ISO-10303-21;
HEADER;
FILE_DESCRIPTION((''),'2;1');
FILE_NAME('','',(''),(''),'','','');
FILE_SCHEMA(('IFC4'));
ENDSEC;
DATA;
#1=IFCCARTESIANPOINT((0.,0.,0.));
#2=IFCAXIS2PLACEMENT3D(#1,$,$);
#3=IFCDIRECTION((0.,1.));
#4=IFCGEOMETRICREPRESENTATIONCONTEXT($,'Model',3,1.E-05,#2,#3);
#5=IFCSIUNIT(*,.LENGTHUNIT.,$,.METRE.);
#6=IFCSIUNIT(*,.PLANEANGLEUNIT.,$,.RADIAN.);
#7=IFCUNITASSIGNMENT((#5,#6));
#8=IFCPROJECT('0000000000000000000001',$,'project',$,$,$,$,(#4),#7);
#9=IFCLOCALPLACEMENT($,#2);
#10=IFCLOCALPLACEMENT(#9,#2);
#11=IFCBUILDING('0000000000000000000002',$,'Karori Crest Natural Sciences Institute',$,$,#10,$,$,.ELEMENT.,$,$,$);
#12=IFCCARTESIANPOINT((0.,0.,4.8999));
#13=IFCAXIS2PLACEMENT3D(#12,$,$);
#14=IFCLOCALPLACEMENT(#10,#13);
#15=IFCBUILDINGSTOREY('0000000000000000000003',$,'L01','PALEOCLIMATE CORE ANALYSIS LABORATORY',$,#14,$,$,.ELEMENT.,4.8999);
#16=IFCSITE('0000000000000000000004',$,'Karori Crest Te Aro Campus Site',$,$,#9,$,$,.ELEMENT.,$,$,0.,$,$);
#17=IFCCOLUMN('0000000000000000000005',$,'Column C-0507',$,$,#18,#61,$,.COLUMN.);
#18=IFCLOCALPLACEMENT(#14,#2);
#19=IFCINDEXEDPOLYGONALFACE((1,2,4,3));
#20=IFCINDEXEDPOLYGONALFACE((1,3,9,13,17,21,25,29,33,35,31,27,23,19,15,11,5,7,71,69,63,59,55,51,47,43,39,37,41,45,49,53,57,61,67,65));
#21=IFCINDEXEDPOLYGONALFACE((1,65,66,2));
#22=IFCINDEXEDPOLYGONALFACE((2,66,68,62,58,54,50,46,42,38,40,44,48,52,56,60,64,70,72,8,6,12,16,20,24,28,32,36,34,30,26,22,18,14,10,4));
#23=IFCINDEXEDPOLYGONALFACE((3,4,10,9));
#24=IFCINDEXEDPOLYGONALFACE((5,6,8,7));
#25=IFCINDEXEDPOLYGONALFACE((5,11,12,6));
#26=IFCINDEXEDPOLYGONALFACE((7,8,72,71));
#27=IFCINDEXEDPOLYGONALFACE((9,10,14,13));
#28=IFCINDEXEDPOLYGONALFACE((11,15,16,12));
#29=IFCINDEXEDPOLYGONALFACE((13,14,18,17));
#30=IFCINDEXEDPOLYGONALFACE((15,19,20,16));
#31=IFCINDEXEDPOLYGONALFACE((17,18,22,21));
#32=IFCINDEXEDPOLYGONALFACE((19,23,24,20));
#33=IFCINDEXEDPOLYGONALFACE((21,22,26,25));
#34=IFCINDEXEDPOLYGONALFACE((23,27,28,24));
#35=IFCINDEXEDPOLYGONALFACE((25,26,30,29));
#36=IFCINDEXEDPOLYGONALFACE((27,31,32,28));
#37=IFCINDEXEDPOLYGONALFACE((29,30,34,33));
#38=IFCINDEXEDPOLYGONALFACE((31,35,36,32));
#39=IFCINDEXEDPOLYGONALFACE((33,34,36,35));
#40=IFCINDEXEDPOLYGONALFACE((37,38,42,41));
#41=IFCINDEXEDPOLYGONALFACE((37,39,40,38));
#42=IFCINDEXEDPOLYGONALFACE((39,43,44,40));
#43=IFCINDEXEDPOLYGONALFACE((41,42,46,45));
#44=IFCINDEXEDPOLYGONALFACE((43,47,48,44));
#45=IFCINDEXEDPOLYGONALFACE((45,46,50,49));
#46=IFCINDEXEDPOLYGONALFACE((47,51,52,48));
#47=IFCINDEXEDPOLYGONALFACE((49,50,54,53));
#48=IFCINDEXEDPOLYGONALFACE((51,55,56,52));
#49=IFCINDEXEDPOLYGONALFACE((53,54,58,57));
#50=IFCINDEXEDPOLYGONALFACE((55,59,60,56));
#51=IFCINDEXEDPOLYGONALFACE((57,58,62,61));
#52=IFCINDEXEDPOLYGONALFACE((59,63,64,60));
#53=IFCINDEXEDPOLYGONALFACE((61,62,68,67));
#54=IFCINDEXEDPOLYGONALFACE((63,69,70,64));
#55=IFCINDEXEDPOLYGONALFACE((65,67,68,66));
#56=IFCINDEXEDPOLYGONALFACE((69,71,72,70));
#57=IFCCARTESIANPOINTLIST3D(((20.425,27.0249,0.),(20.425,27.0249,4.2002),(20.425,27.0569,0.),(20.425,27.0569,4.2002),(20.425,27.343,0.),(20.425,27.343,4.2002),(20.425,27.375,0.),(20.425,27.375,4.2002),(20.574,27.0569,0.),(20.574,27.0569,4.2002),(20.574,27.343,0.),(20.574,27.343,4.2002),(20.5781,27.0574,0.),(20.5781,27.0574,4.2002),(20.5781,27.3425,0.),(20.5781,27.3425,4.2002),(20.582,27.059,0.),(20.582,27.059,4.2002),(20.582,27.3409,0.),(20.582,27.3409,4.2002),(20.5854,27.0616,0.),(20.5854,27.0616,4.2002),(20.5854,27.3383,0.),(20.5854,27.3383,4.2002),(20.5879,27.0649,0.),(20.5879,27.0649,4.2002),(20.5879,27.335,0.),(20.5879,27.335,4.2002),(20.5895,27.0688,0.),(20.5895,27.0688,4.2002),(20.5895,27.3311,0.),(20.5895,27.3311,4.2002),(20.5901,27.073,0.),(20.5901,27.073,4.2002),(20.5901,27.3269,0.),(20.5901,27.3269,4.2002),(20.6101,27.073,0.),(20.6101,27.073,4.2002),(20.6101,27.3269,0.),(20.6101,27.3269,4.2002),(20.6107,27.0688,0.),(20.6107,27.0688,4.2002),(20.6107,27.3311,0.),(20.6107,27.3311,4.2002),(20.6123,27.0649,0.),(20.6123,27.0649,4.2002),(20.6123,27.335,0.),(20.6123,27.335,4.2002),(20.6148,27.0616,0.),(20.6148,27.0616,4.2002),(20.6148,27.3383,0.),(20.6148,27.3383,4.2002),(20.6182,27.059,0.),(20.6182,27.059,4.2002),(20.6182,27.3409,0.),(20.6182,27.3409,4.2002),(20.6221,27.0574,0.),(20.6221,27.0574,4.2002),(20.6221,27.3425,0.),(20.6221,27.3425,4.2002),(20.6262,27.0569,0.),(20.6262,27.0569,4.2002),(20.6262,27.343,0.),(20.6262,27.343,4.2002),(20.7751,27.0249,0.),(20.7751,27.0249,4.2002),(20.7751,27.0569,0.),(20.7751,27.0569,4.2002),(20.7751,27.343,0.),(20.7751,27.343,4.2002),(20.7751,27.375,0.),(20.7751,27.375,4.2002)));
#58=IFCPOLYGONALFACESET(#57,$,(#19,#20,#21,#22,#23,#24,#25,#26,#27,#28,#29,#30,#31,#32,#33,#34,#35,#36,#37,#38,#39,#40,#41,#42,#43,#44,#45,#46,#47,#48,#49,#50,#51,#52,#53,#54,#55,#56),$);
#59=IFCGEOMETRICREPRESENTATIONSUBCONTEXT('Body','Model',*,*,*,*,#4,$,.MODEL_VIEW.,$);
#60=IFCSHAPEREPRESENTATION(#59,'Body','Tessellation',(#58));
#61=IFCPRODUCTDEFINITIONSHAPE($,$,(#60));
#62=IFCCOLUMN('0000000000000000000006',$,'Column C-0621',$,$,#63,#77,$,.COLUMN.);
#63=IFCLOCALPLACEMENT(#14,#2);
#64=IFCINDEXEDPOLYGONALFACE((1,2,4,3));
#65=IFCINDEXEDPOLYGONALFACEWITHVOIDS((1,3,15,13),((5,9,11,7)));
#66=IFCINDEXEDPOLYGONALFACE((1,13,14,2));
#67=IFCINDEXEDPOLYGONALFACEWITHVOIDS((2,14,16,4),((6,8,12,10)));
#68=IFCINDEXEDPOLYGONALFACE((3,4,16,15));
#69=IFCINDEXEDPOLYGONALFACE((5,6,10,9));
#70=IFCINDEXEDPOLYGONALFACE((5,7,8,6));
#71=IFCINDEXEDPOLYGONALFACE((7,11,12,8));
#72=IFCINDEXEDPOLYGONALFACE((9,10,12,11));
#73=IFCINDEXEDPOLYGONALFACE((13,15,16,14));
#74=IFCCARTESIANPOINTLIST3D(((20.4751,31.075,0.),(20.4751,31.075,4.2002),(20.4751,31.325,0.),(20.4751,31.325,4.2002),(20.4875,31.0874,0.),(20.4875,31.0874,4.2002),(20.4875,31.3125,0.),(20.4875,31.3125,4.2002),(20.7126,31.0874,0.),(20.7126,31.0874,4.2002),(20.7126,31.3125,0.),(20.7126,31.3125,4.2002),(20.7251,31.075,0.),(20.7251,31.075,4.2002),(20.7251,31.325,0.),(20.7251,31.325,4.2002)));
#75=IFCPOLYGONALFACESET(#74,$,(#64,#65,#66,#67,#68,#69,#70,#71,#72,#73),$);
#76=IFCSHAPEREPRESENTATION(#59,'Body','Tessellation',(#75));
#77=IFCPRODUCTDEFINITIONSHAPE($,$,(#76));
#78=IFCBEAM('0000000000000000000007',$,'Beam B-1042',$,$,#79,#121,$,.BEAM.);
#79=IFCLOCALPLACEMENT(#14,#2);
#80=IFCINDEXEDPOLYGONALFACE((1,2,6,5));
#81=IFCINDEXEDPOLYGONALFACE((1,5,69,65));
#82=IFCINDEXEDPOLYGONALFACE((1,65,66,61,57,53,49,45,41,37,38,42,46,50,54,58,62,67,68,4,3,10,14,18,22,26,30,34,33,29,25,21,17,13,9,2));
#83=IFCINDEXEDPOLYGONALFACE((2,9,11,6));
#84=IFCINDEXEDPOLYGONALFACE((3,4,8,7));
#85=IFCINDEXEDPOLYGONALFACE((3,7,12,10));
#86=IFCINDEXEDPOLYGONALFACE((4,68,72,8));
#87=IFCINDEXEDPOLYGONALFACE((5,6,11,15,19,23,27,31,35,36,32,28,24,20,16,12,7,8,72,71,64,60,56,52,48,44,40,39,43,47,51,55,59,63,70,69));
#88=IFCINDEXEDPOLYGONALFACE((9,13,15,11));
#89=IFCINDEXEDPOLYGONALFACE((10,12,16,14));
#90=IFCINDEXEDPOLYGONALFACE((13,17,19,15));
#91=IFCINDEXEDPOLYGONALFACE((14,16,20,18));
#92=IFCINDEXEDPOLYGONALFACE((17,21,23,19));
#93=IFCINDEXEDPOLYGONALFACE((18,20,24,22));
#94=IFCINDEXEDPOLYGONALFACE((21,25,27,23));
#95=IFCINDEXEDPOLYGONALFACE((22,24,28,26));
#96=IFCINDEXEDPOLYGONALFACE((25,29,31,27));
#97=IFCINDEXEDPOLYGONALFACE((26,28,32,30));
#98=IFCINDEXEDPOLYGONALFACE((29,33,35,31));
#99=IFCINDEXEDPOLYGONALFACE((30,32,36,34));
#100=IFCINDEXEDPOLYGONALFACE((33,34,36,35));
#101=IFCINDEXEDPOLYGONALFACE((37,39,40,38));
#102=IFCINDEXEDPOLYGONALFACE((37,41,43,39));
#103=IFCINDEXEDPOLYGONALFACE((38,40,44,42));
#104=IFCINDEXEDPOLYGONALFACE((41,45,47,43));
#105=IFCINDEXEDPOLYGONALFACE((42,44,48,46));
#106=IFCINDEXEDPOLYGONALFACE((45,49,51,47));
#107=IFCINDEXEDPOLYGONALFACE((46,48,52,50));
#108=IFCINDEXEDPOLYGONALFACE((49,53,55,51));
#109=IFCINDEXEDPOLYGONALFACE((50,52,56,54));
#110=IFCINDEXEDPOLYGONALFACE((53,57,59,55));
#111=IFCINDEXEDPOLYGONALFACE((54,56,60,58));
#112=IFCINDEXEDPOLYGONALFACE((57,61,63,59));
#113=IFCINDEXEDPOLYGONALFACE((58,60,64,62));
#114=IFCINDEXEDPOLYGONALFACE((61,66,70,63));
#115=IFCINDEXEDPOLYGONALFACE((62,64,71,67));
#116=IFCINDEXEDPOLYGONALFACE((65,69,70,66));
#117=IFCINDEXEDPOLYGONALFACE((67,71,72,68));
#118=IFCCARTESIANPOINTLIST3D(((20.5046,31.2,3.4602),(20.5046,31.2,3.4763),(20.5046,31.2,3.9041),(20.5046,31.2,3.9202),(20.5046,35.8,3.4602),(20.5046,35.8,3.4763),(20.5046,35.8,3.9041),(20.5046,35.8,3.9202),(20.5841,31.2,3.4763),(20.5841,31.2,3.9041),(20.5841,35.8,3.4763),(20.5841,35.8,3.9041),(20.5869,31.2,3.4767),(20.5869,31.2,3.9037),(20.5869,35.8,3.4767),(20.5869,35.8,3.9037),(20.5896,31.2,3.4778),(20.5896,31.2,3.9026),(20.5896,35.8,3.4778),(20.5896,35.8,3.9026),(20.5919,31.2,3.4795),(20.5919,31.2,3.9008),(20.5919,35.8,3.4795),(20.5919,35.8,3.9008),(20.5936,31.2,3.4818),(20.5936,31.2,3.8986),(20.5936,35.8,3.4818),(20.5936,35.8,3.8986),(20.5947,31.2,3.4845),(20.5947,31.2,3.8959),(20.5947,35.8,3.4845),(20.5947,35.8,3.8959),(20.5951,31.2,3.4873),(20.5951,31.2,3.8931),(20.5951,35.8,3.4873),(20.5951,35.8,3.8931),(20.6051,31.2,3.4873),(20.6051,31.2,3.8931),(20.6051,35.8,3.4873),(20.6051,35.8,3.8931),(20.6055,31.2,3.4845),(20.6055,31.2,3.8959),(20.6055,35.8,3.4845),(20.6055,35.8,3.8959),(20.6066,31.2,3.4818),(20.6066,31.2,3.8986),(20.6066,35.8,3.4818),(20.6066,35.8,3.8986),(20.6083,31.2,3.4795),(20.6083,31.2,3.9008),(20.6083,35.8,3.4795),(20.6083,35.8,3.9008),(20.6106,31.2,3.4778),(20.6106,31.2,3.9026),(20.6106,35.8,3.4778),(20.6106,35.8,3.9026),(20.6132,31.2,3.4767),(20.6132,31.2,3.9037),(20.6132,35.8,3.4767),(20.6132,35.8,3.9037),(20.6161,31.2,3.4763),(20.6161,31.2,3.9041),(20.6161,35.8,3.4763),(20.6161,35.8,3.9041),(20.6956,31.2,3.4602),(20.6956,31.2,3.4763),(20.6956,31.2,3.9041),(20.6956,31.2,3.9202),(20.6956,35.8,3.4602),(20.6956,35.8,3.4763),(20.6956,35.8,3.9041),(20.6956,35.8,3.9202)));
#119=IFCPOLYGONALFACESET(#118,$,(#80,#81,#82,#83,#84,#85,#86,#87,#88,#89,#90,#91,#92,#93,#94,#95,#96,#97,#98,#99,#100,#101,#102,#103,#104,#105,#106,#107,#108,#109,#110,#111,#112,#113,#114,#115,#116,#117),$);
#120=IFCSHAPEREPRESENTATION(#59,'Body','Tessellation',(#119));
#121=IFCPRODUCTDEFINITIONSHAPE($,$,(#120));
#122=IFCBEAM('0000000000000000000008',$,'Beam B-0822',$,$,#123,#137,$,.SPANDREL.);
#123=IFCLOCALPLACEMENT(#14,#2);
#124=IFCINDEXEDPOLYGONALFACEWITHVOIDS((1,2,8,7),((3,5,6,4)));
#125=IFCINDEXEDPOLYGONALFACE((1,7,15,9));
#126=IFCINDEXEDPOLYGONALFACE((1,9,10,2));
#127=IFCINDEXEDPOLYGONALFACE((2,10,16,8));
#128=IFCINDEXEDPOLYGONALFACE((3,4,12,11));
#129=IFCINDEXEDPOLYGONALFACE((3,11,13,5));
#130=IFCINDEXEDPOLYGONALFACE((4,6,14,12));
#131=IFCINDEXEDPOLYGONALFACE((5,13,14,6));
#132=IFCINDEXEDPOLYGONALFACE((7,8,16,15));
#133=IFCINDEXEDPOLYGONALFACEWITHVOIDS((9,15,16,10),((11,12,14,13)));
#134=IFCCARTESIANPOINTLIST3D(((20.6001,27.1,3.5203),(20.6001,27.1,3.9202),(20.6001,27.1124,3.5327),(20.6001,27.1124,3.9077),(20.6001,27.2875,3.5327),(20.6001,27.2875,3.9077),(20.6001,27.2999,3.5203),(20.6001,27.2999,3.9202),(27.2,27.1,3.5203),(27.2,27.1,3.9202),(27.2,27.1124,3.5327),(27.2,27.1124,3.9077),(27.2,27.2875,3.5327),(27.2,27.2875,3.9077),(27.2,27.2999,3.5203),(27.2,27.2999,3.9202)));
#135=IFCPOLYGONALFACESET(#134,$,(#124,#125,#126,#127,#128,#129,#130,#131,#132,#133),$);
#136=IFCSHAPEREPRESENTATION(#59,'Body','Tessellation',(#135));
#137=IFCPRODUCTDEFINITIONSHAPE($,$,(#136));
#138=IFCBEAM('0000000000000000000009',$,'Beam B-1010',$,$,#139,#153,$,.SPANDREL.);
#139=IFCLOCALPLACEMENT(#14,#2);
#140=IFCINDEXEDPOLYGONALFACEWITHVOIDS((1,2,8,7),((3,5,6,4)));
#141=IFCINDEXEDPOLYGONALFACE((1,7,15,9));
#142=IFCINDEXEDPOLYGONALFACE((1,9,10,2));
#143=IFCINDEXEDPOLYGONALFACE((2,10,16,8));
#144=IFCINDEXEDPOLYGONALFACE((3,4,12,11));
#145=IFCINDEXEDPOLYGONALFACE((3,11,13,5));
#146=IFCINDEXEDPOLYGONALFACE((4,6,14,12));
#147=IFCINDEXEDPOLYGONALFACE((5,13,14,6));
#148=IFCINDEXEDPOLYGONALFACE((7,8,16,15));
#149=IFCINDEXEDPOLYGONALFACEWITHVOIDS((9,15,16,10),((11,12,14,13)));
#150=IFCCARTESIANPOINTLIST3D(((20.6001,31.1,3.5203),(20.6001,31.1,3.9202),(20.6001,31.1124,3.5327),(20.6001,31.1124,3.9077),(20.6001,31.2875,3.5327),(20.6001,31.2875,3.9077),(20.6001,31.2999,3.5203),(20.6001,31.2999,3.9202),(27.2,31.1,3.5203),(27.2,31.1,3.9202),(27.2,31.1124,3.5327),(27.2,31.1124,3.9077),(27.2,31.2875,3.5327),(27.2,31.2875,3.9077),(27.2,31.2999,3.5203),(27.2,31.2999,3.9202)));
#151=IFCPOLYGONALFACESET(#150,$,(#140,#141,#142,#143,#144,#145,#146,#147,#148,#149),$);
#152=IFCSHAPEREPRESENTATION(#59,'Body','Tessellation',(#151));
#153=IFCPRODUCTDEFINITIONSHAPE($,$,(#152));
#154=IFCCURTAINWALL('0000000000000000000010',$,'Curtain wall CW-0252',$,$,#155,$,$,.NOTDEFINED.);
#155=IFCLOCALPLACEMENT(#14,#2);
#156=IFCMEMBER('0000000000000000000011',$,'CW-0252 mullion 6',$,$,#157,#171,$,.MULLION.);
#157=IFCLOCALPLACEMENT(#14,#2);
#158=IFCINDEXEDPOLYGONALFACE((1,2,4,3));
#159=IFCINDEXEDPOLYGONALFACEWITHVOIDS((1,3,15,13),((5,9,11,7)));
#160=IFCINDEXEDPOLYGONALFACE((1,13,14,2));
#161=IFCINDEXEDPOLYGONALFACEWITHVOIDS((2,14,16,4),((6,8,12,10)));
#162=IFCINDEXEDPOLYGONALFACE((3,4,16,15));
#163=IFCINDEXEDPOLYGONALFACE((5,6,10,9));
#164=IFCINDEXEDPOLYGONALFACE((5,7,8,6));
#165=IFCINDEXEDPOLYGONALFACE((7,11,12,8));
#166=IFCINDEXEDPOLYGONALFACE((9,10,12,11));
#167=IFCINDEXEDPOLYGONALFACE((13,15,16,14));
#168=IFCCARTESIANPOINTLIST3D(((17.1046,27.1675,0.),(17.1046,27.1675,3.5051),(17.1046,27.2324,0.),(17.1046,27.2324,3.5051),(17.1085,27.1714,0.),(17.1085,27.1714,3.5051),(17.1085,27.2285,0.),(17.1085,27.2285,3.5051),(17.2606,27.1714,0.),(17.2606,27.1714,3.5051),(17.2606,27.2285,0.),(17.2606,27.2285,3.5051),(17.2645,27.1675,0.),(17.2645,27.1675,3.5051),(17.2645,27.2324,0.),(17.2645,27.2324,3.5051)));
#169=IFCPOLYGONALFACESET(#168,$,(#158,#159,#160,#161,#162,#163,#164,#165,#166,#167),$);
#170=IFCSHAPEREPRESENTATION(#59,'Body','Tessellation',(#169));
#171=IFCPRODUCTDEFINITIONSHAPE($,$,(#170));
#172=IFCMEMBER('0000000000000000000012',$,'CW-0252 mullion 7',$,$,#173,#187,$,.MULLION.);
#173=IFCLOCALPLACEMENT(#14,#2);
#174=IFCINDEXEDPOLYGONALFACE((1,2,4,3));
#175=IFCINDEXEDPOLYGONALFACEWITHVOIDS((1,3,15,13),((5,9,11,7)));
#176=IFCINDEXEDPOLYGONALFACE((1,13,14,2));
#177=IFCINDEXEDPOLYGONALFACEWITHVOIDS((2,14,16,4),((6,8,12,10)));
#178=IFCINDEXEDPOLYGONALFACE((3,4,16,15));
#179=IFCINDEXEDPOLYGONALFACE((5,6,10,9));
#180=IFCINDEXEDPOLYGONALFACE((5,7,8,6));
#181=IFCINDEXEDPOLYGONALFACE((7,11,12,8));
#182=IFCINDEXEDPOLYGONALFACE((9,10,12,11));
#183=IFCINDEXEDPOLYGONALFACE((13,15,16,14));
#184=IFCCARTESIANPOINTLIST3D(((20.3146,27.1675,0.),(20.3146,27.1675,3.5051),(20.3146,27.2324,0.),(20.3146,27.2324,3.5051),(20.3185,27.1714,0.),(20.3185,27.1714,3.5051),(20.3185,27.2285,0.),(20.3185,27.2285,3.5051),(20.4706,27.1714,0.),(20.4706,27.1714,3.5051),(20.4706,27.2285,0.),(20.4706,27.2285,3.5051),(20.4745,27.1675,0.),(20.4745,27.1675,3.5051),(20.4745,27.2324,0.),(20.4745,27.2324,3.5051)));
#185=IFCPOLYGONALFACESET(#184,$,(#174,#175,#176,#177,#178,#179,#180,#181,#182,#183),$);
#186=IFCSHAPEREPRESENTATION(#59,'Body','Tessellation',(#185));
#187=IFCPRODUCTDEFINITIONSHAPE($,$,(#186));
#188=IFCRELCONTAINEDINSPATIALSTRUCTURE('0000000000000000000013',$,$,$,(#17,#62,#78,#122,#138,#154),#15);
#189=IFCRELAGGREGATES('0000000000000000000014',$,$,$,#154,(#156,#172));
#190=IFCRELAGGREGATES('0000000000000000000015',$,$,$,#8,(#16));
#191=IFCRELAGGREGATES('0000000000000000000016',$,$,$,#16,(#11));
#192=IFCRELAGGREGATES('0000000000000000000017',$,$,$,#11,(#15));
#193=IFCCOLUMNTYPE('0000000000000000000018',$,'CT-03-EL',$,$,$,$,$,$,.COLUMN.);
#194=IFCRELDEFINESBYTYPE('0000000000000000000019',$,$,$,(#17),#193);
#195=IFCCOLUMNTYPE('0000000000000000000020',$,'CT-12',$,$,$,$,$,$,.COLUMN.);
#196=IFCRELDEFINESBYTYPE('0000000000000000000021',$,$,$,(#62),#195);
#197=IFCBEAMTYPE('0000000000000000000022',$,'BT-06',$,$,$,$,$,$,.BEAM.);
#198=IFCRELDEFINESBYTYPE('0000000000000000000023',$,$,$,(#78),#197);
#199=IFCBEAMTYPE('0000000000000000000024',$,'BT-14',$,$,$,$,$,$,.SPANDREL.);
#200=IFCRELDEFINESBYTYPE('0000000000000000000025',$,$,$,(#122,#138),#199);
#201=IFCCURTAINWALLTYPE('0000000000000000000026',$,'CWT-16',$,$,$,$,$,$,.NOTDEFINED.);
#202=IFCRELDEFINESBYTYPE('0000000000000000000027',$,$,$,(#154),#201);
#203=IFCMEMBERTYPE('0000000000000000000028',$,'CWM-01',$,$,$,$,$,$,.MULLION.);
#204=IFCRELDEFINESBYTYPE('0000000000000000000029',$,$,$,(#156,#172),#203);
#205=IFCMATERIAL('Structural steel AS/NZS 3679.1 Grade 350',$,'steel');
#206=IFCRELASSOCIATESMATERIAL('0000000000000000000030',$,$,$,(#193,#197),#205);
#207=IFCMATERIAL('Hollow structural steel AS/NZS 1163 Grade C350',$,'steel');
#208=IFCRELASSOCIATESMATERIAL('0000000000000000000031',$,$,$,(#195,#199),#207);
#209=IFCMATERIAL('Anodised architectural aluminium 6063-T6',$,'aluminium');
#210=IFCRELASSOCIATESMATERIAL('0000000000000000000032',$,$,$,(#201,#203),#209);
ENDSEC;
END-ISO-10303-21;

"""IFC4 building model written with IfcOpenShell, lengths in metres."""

from ifc_helpers import new_model, si_unit, direction, frame, origin, origin_2d, place, context, subcontext, project, spatial, hollow_rectangle, i_section, extrude, material, material_profile, profile_set, type_object, element, aggregate, save


model = new_model("IFC4")

# Units and contexts
model_context = context("Model", 3, precision=1e-05, world=origin(), true_north=direction((0.0, 1.0)))
body_context = subcontext(model_context, "Body", "Model", "MODEL_VIEW")
ifc_project = project(units=[si_unit("LENGTHUNIT", "METRE"), si_unit("PLANEANGLEUNIT", "RADIAN")], contexts=[model_context])

# Site, building, storey
site_placement = place(None, origin())
site = spatial("IfcSite", under=ifc_project, at=site_placement, Name="Karori Crest Te Aro Campus Site", CompositionType="ELEMENT", RefElevation=0.0)
building_placement = place(site_placement, origin())
building = spatial("IfcBuilding", under=site, at=building_placement, Name="Karori Crest Natural Sciences Institute", CompositionType="ELEMENT")
storey_placement = place(building_placement, frame((0.0, 0.0, 4.8999)))
storey = spatial("IfcBuildingStorey", under=building, at=storey_placement, Name="L01", Description="PALEOCLIMATE CORE ANALYSIS LABORATORY", CompositionType="ELEMENT", Elevation=4.8999)

# Columns
ifc_material_1 = material(Name="Structural steel AS/NZS 3679.1 Grade 350", Category="steel")
ifc_material_profile_1 = material_profile(ifc_material_1, i_section(OverallWidth=0.3501, OverallDepth=0.3501, WebThickness=0.02, FlangeThickness=0.032, FilletRadius=0.0161, at=origin_2d()), Name="350WC280")
ifc_profile_set_1 = profile_set([ifc_material_profile_1], Name="Structural steel AS/NZS 3679.1 Grade 350")
column_type_1 = type_object("IfcColumnType", Name="CT-03-EL", PredefinedType="COLUMN", material=ifc_profile_set_1)
column_1_placement = place(storey_placement, frame((20.6001, 27.2, 0.0), z_axis=(0.0, 0.0, 1.0), x_axis=(1.0, 0.0, 0.0)))
element("IfcColumn", 1, at=column_1_placement, inside=storey, type_object=column_type_1, Name="Column C-0507", PredefinedType="COLUMN", context=body_context, shape_type="SweptSolid", body=[
    extrude(i_section(OverallWidth=0.3501, OverallDepth=0.3501, WebThickness=0.02, FlangeThickness=0.032, FilletRadius=0.0161, at=origin_2d()), origin(), (0.0, 0.0, 1.0), 4.2002),
])
ifc_material_2 = material(Name="Hollow structural steel AS/NZS 1163 Grade C350", Category="steel")
ifc_material_profile_2 = material_profile(ifc_material_2, hollow_rectangle(XDim=0.25, YDim=0.25, WallThickness=0.0125, at=origin_2d()), Name="SHS250x250x12.5")
ifc_profile_set_2 = profile_set([ifc_material_profile_2], Name="Hollow structural steel AS/NZS 1163 Grade C350")
column_type_2 = type_object("IfcColumnType", Name="CT-12", PredefinedType="COLUMN", material=ifc_profile_set_2)
column_2_placement = place(storey_placement, frame((20.6001, 31.2, 0.0), z_axis=(0.0, 0.0, 1.0), x_axis=(1.0, 0.0, 0.0)))
element("IfcColumn", 2, at=column_2_placement, inside=storey, type_object=column_type_2, Name="Column C-0621", PredefinedType="COLUMN", context=body_context, shape_type="SweptSolid", body=[
    extrude(hollow_rectangle(XDim=0.25, YDim=0.25, WallThickness=0.0125, at=origin_2d()), origin(), (0.0, 0.0, 1.0), 4.2002),
])

# Beams
ifc_material_profile_3 = material_profile(ifc_material_1, i_section(OverallWidth=0.1909, OverallDepth=0.46, WebThickness=0.01, FlangeThickness=0.0161, FilletRadius=0.011, at=origin_2d()), Name="460UB82.1")
ifc_profile_set_3 = profile_set([ifc_material_profile_3], Name="Structural steel AS/NZS 3679.1 Grade 350")
beam_type_1 = type_object("IfcBeamType", Name="BT-06", PredefinedType="BEAM", material=ifc_profile_set_3)
beam_placement = place(storey_placement, frame((20.6001, 31.2, 3.6902), z_axis=(0.0, 1.0, 0.0), x_axis=(-1.0, 0.0, 0.0)))
element("IfcBeam", 3, at=beam_placement, inside=storey, type_object=beam_type_1, Name="Beam B-1042", PredefinedType="BEAM", context=body_context, shape_type="SweptSolid", body=[
    extrude(i_section(OverallWidth=0.1909, OverallDepth=0.46, WebThickness=0.01, FlangeThickness=0.0161, FilletRadius=0.011, at=origin_2d()), origin(), (0.0, 0.0, 1.0), 4.6001),
])
ifc_material_profile_4 = material_profile(ifc_material_2, hollow_rectangle(XDim=0.2, YDim=0.3999, WallThickness=0.0125, at=origin_2d()), Name="RHS400x200x12.5")
ifc_profile_set_4 = profile_set([ifc_material_profile_4], Name="Hollow structural steel AS/NZS 1163 Grade C350")
beam_type_2 = type_object("IfcBeamType", Name="BT-14", PredefinedType="SPANDREL", material=ifc_profile_set_4)
for number, where, z_axis, x_axis, name in (
    (4, (20.6001, 27.2, 3.7202), (1.0, 0.0, 0.0), (0.0, 1.0, 0.0), "Beam B-0822"),
    (5, (20.6001, 31.2, 3.7202), (1.0, 0.0, 0.0), (0.0, 1.0, 0.0), "Beam B-1010"),
):
    element("IfcBeam", number, at=place(storey_placement, frame(where, z_axis=z_axis, x_axis=x_axis)), inside=storey, type_object=beam_type_2, Name=name, PredefinedType="SPANDREL", context=body_context, shape_type="SweptSolid", body=[
        extrude(hollow_rectangle(XDim=0.2, YDim=0.3999, WallThickness=0.0125, at=origin_2d()), origin(), (0.0, 0.0, 1.0), 6.5999),
    ])

# Curtain wall, members
ifc_material_3 = material(Name="Anodised architectural aluminium 6063-T6", Category="aluminium")
curtain_wall_type = type_object("IfcCurtainWallType", Name="CWT-16", PredefinedType="NOTDEFINED", material=ifc_material_3)
curtain_wall_placement = place(storey_placement, origin())
curtain_wall = element("IfcCurtainWall", 6, at=curtain_wall_placement, inside=storey, type_object=curtain_wall_type, Name="Curtain wall CW-0252", PredefinedType="NOTDEFINED")
ifc_material_profile_5 = material_profile(ifc_material_3, hollow_rectangle(XDim=0.0649, YDim=0.1599, WallThickness=0.0039, at=origin_2d()), Name="CWM160x65x4")
ifc_profile_set_5 = profile_set([ifc_material_profile_5], Name="Anodised architectural aluminium 6063-T6")
member_type_1 = type_object("IfcMemberType", Name="CWM-01", PredefinedType="MULLION", material=ifc_profile_set_5)
member_1_placement = place(storey_placement, frame((17.1846, 27.2, 0.0), z_axis=(0.0, 0.0, 1.0), x_axis=(0.0, 1.0, 0.0)))
member_1 = element("IfcMember", 7, at=member_1_placement, type_object=member_type_1, Name="CW-0252 mullion 6", PredefinedType="MULLION", context=body_context, shape_type="SweptSolid", body=[
    extrude(hollow_rectangle(XDim=0.0649, YDim=0.1599, WallThickness=0.0039, at=origin_2d()), origin(), (0.0, 0.0, 1.0), 3.5051),
])
member_2_placement = place(storey_placement, frame((20.3945, 27.2, 0.0), z_axis=(0.0, 0.0, 1.0), x_axis=(0.0, 1.0, 0.0)))
member_2 = element("IfcMember", 8, at=member_2_placement, type_object=member_type_1, Name="CW-0252 mullion 7", PredefinedType="MULLION", context=body_context, shape_type="SweptSolid", body=[
    extrude(hollow_rectangle(XDim=0.0649, YDim=0.1599, WallThickness=0.0039, at=origin_2d()), origin(), (0.0, 0.0, 1.0), 3.5051),
])
aggregate(curtain_wall, [member_1, member_2])

save(model, "model.ifc")
